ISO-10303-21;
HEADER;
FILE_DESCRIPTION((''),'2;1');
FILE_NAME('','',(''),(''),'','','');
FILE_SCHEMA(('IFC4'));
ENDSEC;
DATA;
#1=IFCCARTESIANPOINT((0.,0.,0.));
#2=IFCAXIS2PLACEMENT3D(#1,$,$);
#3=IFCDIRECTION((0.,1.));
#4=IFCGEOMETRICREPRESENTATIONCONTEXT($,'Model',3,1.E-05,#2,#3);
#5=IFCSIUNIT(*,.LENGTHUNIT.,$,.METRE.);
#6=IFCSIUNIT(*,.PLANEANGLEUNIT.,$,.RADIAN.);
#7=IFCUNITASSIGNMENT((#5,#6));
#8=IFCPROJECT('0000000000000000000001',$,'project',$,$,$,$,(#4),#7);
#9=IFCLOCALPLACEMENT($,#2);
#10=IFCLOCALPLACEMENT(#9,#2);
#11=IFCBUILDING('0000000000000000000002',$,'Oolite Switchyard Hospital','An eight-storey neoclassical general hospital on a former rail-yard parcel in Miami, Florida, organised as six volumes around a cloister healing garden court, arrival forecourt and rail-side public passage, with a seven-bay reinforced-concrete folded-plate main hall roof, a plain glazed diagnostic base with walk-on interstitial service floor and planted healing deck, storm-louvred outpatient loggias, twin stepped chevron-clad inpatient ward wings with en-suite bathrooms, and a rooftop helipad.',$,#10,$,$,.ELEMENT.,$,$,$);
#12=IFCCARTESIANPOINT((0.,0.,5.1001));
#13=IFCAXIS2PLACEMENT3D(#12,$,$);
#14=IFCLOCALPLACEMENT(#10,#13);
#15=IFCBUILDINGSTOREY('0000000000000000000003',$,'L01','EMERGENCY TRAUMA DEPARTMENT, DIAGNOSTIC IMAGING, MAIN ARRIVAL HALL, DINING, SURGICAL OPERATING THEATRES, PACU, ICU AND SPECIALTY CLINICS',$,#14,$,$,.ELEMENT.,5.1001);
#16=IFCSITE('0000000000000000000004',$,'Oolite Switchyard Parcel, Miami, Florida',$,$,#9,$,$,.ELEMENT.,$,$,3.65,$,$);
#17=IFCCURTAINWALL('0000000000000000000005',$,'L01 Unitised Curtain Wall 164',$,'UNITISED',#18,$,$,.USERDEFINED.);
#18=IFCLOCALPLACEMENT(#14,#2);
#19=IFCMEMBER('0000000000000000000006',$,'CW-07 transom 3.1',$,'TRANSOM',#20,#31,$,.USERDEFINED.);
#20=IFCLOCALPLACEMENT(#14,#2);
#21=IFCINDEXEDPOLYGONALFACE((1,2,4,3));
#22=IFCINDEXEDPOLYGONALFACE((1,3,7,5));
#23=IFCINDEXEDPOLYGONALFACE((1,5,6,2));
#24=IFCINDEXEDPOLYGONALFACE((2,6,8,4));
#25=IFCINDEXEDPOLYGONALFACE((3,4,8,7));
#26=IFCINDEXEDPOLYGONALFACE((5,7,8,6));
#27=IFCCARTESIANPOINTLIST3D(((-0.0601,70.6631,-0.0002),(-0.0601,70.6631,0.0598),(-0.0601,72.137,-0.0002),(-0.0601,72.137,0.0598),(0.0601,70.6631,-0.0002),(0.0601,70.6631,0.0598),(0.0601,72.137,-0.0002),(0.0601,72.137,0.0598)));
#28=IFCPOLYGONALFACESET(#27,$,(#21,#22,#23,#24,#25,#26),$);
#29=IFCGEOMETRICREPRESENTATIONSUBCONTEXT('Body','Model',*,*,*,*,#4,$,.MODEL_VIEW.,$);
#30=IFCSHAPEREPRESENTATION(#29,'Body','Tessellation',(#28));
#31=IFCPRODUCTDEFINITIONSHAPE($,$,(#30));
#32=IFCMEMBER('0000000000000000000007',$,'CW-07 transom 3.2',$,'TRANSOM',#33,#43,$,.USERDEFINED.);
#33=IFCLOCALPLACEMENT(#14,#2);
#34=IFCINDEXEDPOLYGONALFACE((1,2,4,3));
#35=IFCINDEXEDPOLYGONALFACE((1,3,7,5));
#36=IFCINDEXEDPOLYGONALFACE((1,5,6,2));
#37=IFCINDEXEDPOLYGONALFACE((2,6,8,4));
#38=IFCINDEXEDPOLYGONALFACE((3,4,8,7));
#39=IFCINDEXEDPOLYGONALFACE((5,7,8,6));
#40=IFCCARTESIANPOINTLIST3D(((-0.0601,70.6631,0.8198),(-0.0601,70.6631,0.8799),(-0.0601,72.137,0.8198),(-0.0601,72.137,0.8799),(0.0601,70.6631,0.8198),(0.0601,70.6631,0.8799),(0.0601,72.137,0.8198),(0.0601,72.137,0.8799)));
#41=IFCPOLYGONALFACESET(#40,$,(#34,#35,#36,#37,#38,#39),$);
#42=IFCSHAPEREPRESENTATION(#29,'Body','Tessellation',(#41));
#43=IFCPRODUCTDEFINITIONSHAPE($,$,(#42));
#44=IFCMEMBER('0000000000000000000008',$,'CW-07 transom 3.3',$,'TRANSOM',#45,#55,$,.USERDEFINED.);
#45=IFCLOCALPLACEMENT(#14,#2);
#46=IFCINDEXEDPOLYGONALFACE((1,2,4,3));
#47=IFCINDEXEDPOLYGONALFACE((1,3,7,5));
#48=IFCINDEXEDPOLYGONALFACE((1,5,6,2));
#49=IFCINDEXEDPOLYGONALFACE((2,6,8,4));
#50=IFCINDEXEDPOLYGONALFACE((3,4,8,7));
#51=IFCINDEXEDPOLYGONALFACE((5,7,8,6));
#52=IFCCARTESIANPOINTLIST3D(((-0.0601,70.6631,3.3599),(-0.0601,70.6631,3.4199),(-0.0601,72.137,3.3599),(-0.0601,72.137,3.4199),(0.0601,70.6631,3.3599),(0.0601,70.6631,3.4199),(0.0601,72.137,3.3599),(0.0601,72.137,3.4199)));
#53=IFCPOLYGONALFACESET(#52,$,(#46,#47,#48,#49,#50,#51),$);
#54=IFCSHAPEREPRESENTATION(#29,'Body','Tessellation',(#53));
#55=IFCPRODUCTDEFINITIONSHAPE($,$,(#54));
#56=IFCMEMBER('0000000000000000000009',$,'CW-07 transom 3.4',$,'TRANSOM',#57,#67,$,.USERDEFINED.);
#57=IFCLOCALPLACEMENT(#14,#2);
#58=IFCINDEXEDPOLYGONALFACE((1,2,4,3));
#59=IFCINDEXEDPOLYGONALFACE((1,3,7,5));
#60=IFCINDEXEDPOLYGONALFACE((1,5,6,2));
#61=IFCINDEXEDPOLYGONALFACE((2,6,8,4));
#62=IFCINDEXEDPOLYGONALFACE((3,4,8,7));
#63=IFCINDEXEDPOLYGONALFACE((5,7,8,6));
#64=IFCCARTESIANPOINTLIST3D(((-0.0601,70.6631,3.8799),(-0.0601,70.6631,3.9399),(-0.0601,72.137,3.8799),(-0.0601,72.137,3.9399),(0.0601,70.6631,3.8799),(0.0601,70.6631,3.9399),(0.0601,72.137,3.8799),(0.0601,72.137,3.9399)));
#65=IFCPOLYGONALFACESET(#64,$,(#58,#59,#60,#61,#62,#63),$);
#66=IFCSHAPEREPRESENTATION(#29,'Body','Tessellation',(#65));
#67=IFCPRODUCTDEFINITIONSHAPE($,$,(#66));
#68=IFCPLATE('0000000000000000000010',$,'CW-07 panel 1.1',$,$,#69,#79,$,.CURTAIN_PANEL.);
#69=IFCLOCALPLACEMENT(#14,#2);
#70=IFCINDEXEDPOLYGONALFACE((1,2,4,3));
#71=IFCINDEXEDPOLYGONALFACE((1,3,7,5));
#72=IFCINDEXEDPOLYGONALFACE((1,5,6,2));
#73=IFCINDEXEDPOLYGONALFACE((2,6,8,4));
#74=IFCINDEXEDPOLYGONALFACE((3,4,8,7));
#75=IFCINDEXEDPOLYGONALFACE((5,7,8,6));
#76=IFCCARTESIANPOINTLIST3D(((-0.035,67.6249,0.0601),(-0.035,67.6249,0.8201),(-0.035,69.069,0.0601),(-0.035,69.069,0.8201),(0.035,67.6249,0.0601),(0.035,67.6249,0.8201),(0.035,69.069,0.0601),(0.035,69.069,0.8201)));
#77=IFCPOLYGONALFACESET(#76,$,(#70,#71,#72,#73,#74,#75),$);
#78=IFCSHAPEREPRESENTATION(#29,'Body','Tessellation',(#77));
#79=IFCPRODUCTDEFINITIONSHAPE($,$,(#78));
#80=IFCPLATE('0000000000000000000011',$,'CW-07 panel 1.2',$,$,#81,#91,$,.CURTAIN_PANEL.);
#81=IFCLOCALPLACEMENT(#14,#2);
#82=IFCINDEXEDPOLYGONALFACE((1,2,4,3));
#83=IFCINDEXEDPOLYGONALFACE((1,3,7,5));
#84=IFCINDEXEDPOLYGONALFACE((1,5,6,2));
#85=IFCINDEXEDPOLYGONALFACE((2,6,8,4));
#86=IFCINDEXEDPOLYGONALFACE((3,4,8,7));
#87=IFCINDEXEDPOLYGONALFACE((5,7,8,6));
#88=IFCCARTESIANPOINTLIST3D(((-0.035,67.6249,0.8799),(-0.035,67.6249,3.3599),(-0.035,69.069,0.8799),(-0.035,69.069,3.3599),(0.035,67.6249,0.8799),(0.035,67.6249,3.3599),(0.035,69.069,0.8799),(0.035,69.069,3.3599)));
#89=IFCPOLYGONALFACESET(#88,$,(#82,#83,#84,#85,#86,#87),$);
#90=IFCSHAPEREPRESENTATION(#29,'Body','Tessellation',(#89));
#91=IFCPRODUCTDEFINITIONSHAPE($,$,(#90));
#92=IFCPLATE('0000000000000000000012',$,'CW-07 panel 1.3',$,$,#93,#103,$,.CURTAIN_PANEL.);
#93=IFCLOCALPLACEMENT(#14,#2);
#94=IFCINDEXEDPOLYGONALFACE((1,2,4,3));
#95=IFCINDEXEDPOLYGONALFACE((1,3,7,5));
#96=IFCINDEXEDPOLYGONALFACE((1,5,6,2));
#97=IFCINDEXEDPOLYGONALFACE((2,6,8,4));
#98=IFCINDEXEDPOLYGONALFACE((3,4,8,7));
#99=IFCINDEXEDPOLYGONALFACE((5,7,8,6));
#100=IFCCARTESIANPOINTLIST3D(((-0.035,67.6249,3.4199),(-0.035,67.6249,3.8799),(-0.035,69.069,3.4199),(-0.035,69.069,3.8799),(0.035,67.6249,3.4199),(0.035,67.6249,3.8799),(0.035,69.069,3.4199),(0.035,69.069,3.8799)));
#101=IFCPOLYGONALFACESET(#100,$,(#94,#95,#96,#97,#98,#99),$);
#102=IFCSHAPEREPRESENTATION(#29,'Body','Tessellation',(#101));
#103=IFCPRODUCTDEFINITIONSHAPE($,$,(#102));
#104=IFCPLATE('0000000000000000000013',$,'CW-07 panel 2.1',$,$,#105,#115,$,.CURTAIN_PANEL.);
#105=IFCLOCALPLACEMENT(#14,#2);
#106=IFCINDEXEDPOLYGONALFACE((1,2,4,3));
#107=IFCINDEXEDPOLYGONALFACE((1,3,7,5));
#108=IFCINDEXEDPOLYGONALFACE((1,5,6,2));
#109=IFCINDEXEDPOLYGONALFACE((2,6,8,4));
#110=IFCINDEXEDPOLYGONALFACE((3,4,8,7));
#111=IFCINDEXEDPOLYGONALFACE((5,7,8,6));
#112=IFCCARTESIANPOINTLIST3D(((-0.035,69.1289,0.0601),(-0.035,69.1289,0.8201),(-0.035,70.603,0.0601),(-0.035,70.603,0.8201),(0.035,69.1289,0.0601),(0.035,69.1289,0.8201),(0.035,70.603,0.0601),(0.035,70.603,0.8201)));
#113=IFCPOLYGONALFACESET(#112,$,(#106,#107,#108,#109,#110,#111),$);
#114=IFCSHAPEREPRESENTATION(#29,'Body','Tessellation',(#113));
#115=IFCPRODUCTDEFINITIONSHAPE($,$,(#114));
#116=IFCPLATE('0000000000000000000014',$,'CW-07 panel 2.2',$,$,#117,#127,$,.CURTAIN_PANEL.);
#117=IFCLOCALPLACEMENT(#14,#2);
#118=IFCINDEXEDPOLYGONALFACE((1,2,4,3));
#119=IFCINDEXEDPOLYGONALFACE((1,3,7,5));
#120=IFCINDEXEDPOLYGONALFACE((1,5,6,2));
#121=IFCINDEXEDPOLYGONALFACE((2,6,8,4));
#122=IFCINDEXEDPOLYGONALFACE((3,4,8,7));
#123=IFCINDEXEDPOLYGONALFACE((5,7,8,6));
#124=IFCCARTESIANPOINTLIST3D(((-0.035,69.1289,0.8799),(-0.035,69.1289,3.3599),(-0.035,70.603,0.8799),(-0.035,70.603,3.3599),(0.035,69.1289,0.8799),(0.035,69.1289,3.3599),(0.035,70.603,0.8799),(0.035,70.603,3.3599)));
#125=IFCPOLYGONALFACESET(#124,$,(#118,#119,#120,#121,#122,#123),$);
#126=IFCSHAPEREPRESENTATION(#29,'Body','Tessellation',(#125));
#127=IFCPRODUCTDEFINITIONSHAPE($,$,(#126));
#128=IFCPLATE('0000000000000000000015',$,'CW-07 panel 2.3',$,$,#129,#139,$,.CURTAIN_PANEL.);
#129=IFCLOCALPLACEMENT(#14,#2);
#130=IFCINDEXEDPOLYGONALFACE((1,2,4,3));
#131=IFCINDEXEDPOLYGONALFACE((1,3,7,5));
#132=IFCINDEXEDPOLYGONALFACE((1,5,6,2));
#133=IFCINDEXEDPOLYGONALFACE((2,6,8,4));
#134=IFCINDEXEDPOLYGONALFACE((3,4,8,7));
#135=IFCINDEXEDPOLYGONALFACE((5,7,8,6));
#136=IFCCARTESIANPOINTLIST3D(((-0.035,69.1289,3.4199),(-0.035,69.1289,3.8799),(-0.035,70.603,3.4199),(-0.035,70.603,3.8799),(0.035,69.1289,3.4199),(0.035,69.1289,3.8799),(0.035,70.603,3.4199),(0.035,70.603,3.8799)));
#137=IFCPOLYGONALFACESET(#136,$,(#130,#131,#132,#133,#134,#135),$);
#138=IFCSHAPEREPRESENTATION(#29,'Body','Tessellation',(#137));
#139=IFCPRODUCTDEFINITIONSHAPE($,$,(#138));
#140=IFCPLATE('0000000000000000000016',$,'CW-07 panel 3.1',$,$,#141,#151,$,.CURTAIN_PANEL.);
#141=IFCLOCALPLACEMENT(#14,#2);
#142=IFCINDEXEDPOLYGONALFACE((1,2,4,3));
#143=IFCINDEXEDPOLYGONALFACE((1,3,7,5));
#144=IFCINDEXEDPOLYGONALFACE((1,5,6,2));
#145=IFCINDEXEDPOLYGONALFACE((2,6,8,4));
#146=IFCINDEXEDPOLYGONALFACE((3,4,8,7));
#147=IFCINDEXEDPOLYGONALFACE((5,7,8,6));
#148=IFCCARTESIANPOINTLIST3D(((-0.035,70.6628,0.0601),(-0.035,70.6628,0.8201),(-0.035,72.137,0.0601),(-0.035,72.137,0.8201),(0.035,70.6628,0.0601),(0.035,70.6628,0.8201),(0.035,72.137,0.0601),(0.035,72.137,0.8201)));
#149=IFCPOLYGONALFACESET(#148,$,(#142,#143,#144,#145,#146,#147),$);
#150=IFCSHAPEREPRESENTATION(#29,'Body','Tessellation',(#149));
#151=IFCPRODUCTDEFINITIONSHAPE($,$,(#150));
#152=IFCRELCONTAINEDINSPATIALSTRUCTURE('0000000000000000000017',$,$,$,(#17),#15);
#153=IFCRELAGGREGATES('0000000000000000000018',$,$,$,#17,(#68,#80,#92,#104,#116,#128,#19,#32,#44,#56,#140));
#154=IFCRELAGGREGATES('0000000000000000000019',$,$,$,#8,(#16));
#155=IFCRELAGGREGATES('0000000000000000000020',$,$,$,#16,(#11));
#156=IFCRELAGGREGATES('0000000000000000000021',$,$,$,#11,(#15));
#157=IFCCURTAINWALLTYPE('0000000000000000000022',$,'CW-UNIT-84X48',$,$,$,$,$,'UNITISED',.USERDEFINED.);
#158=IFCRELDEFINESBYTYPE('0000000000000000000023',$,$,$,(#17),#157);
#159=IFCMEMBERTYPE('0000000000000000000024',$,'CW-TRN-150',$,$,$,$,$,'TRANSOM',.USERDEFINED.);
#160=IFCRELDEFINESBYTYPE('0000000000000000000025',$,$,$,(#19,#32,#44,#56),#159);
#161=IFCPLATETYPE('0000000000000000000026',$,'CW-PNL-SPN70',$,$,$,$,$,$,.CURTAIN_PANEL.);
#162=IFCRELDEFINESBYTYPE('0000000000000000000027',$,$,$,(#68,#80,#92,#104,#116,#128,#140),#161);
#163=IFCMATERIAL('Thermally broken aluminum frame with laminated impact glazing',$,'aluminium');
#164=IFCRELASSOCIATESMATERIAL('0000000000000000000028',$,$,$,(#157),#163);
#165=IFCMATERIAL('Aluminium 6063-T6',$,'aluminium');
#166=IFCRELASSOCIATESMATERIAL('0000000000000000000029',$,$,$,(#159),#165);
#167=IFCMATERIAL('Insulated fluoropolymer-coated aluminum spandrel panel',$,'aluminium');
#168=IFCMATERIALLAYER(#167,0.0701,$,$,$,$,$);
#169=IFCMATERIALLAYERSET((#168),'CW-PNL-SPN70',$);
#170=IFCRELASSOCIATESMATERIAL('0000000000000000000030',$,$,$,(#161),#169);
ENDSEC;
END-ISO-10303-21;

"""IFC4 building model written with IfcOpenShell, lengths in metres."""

from ifc_helpers import new_model, si_unit, direction, frame, origin, origin_2d, place, context, subcontext, project, spatial, rectangle, extrude, material, layer, layer_set, material_profile, profile_set, type_object, element, aggregate, save


model = new_model("IFC4")

# Units and contexts
model_context = context("Model", 3, precision=1e-05, world=origin(), true_north=direction((0.0, 1.0)))
body_context = subcontext(model_context, "Body", "Model", "MODEL_VIEW")
ifc_project = project(units=[si_unit("LENGTHUNIT", "METRE"), si_unit("PLANEANGLEUNIT", "RADIAN")], contexts=[model_context])

# Site, building, storey
site_placement = place(None, origin())
site = spatial("IfcSite", under=ifc_project, at=site_placement, Name="Oolite Switchyard Parcel, Miami, Florida", CompositionType="ELEMENT", RefElevation=3.65)
building_placement = place(site_placement, origin())
building = spatial("IfcBuilding", under=site, at=building_placement, Name="Oolite Switchyard Hospital", Description="An eight-storey neoclassical general hospital on a former rail-yard parcel in Miami, Florida, organised as six volumes around a cloister healing garden court, arrival forecourt and rail-side public passage, with a seven-bay reinforced-concrete folded-plate main hall roof, a plain glazed diagnostic base with walk-on interstitial service floor and planted healing deck, storm-louvred outpatient loggias, twin stepped chevron-clad inpatient ward wings with en-suite bathrooms, and a rooftop helipad.", CompositionType="ELEMENT")
storey_placement = place(building_placement, frame((0.0, 0.0, 5.1001)))
storey = spatial("IfcBuildingStorey", under=building, at=storey_placement, Name="L01", Description="EMERGENCY TRAUMA DEPARTMENT, DIAGNOSTIC IMAGING, MAIN ARRIVAL HALL, DINING, SURGICAL OPERATING THEATRES, PACU, ICU AND SPECIALTY CLINICS", CompositionType="ELEMENT", Elevation=5.1001)

# Curtain wall, members, plates
ifc_material_1 = material(Name="Thermally broken aluminum frame with laminated impact glazing", Category="aluminium")
curtain_wall_type = type_object("IfcCurtainWallType", Name="CW-UNIT-84X48", ElementType="UNITISED", PredefinedType="USERDEFINED", material=ifc_material_1)
curtain_wall_placement = place(storey_placement, origin())
curtain_wall = element("IfcCurtainWall", 1, at=curtain_wall_placement, inside=storey, type_object=curtain_wall_type, Name="L01 Unitised Curtain Wall 164", ObjectType="UNITISED", PredefinedType="USERDEFINED")
ifc_material_2 = material(Name="Aluminium 6063-T6", Category="aluminium")
ifc_material_profile_1 = material_profile(ifc_material_2, rectangle(XDim=0.1201, YDim=0.0601, at=origin_2d()), Name="CWT60X120")
ifc_profile_set_1 = profile_set([ifc_material_profile_1], Name="Aluminium 6063-T6")
member_type_1 = type_object("IfcMemberType", Name="CW-TRN-150", ElementType="TRANSOM", PredefinedType="USERDEFINED", material=ifc_profile_set_1)
member_1_placement = place(storey_placement, frame((0.0, 70.6631, 0.0298), z_axis=(0.0, 1.0, 0.0), x_axis=(-1.0, 0.0, 0.0)))
member_1 = element("IfcMember", 2, at=member_1_placement, type_object=member_type_1, Name="CW-07 transom 3.1", ObjectType="TRANSOM", PredefinedType="USERDEFINED", context=body_context, shape_type="SweptSolid", body=[
    extrude(rectangle(XDim=0.1201, YDim=0.0601, at=origin_2d()), origin(), (0.0, 0.0, 1.0), 1.4739),
])
member_2_placement = place(storey_placement, frame((0.0, 70.6631, 0.8499), z_axis=(0.0, 1.0, 0.0), x_axis=(-1.0, 0.0, 0.0)))
member_2 = element("IfcMember", 3, at=member_2_placement, type_object=member_type_1, Name="CW-07 transom 3.2", ObjectType="TRANSOM", PredefinedType="USERDEFINED", context=body_context, shape_type="SweptSolid", body=[
    extrude(rectangle(XDim=0.1201, YDim=0.0601, at=origin_2d()), origin(), (0.0, 0.0, 1.0), 1.4739),
])
member_3_placement = place(storey_placement, frame((0.0, 70.6631, 3.3899), z_axis=(0.0, 1.0, 0.0), x_axis=(-1.0, 0.0, 0.0)))
member_3 = element("IfcMember", 4, at=member_3_placement, type_object=member_type_1, Name="CW-07 transom 3.3", ObjectType="TRANSOM", PredefinedType="USERDEFINED", context=body_context, shape_type="SweptSolid", body=[
    extrude(rectangle(XDim=0.1201, YDim=0.0601, at=origin_2d()), origin(), (0.0, 0.0, 1.0), 1.4739),
])
member_4_placement = place(storey_placement, frame((0.0, 70.6631, 3.9099), z_axis=(0.0, 1.0, 0.0), x_axis=(-1.0, 0.0, 0.0)))
member_4 = element("IfcMember", 5, at=member_4_placement, type_object=member_type_1, Name="CW-07 transom 3.4", ObjectType="TRANSOM", PredefinedType="USERDEFINED", context=body_context, shape_type="SweptSolid", body=[
    extrude(rectangle(XDim=0.1201, YDim=0.0601, at=origin_2d()), origin(), (0.0, 0.0, 1.0), 1.4739),
])
ifc_material_3 = material(Name="Insulated fluoropolymer-coated aluminum spandrel panel", Category="aluminium")
ifc_layer = layer(ifc_material_3, 0.0701)
ifc_layer_set = layer_set([ifc_layer], Name="CW-PNL-SPN70")
plate_type = type_object("IfcPlateType", Name="CW-PNL-SPN70", PredefinedType="CURTAIN_PANEL", material=ifc_layer_set)
plate_1_placement = place(storey_placement, frame((0.0, 68.3469, 0.0601), z_axis=(0.0, 0.0, 1.0), x_axis=(0.0, 1.0, 0.0)))
plate_1 = element("IfcPlate", 6, at=plate_1_placement, type_object=plate_type, Name="CW-07 panel 1.1", PredefinedType="CURTAIN_PANEL", context=body_context, shape_type="SweptSolid", body=[
    extrude(rectangle(XDim=1.4441, YDim=0.0701, at=origin_2d()), origin(), (0.0, 0.0, 1.0), 0.76),
])
plate_2_placement = place(storey_placement, frame((0.0, 68.3469, 0.8799), z_axis=(0.0, 0.0, 1.0), x_axis=(0.0, 1.0, 0.0)))
plate_2 = element("IfcPlate", 7, at=plate_2_placement, type_object=plate_type, Name="CW-07 panel 1.2", PredefinedType="CURTAIN_PANEL", context=body_context, shape_type="SweptSolid", body=[
    extrude(rectangle(XDim=1.4441, YDim=0.0701, at=origin_2d()), origin(), (0.0, 0.0, 1.0), 2.48),
])
plate_3_placement = place(storey_placement, frame((0.0, 68.3469, 3.4199), z_axis=(0.0, 0.0, 1.0), x_axis=(0.0, 1.0, 0.0)))
plate_3 = element("IfcPlate", 8, at=plate_3_placement, type_object=plate_type, Name="CW-07 panel 1.3", PredefinedType="CURTAIN_PANEL", context=body_context, shape_type="SweptSolid", body=[
    extrude(rectangle(XDim=1.4441, YDim=0.0701, at=origin_2d()), origin(), (0.0, 0.0, 1.0), 0.46),
])
plate_4_placement = place(storey_placement, frame((0.0, 69.866, 0.0601), z_axis=(0.0, 0.0, 1.0), x_axis=(0.0, 1.0, 0.0)))
plate_4 = element("IfcPlate", 9, at=plate_4_placement, type_object=plate_type, Name="CW-07 panel 2.1", PredefinedType="CURTAIN_PANEL", context=body_context, shape_type="SweptSolid", body=[
    extrude(rectangle(XDim=1.4741, YDim=0.0701, at=origin_2d()), origin(), (0.0, 0.0, 1.0), 0.76),
])
plate_5_placement = place(storey_placement, frame((0.0, 69.866, 0.8799), z_axis=(0.0, 0.0, 1.0), x_axis=(0.0, 1.0, 0.0)))
plate_5 = element("IfcPlate", 10, at=plate_5_placement, type_object=plate_type, Name="CW-07 panel 2.2", PredefinedType="CURTAIN_PANEL", context=body_context, shape_type="SweptSolid", body=[
    extrude(rectangle(XDim=1.4741, YDim=0.0701, at=origin_2d()), origin(), (0.0, 0.0, 1.0), 2.48),
])
plate_6_placement = place(storey_placement, frame((0.0, 69.866, 3.4199), z_axis=(0.0, 0.0, 1.0), x_axis=(0.0, 1.0, 0.0)))
plate_6 = element("IfcPlate", 11, at=plate_6_placement, type_object=plate_type, Name="CW-07 panel 2.3", PredefinedType="CURTAIN_PANEL", context=body_context, shape_type="SweptSolid", body=[
    extrude(rectangle(XDim=1.4741, YDim=0.0701, at=origin_2d()), origin(), (0.0, 0.0, 1.0), 0.46),
])
plate_7_placement = place(storey_placement, frame((0.0, 71.3999, 0.0601), z_axis=(0.0, 0.0, 1.0), x_axis=(0.0, 1.0, 0.0)))
plate_7 = element("IfcPlate", 12, at=plate_7_placement, type_object=plate_type, Name="CW-07 panel 3.1", PredefinedType="CURTAIN_PANEL", context=body_context, shape_type="SweptSolid", body=[
    extrude(rectangle(XDim=1.4741, YDim=0.0701, at=origin_2d()), origin(), (0.0, 0.0, 1.0), 0.76),
])
aggregate(curtain_wall, [plate_1, plate_2, plate_3, plate_4, plate_5, plate_6, member_1, member_2, member_3, member_4, plate_7])

save(model, "model.ifc")
